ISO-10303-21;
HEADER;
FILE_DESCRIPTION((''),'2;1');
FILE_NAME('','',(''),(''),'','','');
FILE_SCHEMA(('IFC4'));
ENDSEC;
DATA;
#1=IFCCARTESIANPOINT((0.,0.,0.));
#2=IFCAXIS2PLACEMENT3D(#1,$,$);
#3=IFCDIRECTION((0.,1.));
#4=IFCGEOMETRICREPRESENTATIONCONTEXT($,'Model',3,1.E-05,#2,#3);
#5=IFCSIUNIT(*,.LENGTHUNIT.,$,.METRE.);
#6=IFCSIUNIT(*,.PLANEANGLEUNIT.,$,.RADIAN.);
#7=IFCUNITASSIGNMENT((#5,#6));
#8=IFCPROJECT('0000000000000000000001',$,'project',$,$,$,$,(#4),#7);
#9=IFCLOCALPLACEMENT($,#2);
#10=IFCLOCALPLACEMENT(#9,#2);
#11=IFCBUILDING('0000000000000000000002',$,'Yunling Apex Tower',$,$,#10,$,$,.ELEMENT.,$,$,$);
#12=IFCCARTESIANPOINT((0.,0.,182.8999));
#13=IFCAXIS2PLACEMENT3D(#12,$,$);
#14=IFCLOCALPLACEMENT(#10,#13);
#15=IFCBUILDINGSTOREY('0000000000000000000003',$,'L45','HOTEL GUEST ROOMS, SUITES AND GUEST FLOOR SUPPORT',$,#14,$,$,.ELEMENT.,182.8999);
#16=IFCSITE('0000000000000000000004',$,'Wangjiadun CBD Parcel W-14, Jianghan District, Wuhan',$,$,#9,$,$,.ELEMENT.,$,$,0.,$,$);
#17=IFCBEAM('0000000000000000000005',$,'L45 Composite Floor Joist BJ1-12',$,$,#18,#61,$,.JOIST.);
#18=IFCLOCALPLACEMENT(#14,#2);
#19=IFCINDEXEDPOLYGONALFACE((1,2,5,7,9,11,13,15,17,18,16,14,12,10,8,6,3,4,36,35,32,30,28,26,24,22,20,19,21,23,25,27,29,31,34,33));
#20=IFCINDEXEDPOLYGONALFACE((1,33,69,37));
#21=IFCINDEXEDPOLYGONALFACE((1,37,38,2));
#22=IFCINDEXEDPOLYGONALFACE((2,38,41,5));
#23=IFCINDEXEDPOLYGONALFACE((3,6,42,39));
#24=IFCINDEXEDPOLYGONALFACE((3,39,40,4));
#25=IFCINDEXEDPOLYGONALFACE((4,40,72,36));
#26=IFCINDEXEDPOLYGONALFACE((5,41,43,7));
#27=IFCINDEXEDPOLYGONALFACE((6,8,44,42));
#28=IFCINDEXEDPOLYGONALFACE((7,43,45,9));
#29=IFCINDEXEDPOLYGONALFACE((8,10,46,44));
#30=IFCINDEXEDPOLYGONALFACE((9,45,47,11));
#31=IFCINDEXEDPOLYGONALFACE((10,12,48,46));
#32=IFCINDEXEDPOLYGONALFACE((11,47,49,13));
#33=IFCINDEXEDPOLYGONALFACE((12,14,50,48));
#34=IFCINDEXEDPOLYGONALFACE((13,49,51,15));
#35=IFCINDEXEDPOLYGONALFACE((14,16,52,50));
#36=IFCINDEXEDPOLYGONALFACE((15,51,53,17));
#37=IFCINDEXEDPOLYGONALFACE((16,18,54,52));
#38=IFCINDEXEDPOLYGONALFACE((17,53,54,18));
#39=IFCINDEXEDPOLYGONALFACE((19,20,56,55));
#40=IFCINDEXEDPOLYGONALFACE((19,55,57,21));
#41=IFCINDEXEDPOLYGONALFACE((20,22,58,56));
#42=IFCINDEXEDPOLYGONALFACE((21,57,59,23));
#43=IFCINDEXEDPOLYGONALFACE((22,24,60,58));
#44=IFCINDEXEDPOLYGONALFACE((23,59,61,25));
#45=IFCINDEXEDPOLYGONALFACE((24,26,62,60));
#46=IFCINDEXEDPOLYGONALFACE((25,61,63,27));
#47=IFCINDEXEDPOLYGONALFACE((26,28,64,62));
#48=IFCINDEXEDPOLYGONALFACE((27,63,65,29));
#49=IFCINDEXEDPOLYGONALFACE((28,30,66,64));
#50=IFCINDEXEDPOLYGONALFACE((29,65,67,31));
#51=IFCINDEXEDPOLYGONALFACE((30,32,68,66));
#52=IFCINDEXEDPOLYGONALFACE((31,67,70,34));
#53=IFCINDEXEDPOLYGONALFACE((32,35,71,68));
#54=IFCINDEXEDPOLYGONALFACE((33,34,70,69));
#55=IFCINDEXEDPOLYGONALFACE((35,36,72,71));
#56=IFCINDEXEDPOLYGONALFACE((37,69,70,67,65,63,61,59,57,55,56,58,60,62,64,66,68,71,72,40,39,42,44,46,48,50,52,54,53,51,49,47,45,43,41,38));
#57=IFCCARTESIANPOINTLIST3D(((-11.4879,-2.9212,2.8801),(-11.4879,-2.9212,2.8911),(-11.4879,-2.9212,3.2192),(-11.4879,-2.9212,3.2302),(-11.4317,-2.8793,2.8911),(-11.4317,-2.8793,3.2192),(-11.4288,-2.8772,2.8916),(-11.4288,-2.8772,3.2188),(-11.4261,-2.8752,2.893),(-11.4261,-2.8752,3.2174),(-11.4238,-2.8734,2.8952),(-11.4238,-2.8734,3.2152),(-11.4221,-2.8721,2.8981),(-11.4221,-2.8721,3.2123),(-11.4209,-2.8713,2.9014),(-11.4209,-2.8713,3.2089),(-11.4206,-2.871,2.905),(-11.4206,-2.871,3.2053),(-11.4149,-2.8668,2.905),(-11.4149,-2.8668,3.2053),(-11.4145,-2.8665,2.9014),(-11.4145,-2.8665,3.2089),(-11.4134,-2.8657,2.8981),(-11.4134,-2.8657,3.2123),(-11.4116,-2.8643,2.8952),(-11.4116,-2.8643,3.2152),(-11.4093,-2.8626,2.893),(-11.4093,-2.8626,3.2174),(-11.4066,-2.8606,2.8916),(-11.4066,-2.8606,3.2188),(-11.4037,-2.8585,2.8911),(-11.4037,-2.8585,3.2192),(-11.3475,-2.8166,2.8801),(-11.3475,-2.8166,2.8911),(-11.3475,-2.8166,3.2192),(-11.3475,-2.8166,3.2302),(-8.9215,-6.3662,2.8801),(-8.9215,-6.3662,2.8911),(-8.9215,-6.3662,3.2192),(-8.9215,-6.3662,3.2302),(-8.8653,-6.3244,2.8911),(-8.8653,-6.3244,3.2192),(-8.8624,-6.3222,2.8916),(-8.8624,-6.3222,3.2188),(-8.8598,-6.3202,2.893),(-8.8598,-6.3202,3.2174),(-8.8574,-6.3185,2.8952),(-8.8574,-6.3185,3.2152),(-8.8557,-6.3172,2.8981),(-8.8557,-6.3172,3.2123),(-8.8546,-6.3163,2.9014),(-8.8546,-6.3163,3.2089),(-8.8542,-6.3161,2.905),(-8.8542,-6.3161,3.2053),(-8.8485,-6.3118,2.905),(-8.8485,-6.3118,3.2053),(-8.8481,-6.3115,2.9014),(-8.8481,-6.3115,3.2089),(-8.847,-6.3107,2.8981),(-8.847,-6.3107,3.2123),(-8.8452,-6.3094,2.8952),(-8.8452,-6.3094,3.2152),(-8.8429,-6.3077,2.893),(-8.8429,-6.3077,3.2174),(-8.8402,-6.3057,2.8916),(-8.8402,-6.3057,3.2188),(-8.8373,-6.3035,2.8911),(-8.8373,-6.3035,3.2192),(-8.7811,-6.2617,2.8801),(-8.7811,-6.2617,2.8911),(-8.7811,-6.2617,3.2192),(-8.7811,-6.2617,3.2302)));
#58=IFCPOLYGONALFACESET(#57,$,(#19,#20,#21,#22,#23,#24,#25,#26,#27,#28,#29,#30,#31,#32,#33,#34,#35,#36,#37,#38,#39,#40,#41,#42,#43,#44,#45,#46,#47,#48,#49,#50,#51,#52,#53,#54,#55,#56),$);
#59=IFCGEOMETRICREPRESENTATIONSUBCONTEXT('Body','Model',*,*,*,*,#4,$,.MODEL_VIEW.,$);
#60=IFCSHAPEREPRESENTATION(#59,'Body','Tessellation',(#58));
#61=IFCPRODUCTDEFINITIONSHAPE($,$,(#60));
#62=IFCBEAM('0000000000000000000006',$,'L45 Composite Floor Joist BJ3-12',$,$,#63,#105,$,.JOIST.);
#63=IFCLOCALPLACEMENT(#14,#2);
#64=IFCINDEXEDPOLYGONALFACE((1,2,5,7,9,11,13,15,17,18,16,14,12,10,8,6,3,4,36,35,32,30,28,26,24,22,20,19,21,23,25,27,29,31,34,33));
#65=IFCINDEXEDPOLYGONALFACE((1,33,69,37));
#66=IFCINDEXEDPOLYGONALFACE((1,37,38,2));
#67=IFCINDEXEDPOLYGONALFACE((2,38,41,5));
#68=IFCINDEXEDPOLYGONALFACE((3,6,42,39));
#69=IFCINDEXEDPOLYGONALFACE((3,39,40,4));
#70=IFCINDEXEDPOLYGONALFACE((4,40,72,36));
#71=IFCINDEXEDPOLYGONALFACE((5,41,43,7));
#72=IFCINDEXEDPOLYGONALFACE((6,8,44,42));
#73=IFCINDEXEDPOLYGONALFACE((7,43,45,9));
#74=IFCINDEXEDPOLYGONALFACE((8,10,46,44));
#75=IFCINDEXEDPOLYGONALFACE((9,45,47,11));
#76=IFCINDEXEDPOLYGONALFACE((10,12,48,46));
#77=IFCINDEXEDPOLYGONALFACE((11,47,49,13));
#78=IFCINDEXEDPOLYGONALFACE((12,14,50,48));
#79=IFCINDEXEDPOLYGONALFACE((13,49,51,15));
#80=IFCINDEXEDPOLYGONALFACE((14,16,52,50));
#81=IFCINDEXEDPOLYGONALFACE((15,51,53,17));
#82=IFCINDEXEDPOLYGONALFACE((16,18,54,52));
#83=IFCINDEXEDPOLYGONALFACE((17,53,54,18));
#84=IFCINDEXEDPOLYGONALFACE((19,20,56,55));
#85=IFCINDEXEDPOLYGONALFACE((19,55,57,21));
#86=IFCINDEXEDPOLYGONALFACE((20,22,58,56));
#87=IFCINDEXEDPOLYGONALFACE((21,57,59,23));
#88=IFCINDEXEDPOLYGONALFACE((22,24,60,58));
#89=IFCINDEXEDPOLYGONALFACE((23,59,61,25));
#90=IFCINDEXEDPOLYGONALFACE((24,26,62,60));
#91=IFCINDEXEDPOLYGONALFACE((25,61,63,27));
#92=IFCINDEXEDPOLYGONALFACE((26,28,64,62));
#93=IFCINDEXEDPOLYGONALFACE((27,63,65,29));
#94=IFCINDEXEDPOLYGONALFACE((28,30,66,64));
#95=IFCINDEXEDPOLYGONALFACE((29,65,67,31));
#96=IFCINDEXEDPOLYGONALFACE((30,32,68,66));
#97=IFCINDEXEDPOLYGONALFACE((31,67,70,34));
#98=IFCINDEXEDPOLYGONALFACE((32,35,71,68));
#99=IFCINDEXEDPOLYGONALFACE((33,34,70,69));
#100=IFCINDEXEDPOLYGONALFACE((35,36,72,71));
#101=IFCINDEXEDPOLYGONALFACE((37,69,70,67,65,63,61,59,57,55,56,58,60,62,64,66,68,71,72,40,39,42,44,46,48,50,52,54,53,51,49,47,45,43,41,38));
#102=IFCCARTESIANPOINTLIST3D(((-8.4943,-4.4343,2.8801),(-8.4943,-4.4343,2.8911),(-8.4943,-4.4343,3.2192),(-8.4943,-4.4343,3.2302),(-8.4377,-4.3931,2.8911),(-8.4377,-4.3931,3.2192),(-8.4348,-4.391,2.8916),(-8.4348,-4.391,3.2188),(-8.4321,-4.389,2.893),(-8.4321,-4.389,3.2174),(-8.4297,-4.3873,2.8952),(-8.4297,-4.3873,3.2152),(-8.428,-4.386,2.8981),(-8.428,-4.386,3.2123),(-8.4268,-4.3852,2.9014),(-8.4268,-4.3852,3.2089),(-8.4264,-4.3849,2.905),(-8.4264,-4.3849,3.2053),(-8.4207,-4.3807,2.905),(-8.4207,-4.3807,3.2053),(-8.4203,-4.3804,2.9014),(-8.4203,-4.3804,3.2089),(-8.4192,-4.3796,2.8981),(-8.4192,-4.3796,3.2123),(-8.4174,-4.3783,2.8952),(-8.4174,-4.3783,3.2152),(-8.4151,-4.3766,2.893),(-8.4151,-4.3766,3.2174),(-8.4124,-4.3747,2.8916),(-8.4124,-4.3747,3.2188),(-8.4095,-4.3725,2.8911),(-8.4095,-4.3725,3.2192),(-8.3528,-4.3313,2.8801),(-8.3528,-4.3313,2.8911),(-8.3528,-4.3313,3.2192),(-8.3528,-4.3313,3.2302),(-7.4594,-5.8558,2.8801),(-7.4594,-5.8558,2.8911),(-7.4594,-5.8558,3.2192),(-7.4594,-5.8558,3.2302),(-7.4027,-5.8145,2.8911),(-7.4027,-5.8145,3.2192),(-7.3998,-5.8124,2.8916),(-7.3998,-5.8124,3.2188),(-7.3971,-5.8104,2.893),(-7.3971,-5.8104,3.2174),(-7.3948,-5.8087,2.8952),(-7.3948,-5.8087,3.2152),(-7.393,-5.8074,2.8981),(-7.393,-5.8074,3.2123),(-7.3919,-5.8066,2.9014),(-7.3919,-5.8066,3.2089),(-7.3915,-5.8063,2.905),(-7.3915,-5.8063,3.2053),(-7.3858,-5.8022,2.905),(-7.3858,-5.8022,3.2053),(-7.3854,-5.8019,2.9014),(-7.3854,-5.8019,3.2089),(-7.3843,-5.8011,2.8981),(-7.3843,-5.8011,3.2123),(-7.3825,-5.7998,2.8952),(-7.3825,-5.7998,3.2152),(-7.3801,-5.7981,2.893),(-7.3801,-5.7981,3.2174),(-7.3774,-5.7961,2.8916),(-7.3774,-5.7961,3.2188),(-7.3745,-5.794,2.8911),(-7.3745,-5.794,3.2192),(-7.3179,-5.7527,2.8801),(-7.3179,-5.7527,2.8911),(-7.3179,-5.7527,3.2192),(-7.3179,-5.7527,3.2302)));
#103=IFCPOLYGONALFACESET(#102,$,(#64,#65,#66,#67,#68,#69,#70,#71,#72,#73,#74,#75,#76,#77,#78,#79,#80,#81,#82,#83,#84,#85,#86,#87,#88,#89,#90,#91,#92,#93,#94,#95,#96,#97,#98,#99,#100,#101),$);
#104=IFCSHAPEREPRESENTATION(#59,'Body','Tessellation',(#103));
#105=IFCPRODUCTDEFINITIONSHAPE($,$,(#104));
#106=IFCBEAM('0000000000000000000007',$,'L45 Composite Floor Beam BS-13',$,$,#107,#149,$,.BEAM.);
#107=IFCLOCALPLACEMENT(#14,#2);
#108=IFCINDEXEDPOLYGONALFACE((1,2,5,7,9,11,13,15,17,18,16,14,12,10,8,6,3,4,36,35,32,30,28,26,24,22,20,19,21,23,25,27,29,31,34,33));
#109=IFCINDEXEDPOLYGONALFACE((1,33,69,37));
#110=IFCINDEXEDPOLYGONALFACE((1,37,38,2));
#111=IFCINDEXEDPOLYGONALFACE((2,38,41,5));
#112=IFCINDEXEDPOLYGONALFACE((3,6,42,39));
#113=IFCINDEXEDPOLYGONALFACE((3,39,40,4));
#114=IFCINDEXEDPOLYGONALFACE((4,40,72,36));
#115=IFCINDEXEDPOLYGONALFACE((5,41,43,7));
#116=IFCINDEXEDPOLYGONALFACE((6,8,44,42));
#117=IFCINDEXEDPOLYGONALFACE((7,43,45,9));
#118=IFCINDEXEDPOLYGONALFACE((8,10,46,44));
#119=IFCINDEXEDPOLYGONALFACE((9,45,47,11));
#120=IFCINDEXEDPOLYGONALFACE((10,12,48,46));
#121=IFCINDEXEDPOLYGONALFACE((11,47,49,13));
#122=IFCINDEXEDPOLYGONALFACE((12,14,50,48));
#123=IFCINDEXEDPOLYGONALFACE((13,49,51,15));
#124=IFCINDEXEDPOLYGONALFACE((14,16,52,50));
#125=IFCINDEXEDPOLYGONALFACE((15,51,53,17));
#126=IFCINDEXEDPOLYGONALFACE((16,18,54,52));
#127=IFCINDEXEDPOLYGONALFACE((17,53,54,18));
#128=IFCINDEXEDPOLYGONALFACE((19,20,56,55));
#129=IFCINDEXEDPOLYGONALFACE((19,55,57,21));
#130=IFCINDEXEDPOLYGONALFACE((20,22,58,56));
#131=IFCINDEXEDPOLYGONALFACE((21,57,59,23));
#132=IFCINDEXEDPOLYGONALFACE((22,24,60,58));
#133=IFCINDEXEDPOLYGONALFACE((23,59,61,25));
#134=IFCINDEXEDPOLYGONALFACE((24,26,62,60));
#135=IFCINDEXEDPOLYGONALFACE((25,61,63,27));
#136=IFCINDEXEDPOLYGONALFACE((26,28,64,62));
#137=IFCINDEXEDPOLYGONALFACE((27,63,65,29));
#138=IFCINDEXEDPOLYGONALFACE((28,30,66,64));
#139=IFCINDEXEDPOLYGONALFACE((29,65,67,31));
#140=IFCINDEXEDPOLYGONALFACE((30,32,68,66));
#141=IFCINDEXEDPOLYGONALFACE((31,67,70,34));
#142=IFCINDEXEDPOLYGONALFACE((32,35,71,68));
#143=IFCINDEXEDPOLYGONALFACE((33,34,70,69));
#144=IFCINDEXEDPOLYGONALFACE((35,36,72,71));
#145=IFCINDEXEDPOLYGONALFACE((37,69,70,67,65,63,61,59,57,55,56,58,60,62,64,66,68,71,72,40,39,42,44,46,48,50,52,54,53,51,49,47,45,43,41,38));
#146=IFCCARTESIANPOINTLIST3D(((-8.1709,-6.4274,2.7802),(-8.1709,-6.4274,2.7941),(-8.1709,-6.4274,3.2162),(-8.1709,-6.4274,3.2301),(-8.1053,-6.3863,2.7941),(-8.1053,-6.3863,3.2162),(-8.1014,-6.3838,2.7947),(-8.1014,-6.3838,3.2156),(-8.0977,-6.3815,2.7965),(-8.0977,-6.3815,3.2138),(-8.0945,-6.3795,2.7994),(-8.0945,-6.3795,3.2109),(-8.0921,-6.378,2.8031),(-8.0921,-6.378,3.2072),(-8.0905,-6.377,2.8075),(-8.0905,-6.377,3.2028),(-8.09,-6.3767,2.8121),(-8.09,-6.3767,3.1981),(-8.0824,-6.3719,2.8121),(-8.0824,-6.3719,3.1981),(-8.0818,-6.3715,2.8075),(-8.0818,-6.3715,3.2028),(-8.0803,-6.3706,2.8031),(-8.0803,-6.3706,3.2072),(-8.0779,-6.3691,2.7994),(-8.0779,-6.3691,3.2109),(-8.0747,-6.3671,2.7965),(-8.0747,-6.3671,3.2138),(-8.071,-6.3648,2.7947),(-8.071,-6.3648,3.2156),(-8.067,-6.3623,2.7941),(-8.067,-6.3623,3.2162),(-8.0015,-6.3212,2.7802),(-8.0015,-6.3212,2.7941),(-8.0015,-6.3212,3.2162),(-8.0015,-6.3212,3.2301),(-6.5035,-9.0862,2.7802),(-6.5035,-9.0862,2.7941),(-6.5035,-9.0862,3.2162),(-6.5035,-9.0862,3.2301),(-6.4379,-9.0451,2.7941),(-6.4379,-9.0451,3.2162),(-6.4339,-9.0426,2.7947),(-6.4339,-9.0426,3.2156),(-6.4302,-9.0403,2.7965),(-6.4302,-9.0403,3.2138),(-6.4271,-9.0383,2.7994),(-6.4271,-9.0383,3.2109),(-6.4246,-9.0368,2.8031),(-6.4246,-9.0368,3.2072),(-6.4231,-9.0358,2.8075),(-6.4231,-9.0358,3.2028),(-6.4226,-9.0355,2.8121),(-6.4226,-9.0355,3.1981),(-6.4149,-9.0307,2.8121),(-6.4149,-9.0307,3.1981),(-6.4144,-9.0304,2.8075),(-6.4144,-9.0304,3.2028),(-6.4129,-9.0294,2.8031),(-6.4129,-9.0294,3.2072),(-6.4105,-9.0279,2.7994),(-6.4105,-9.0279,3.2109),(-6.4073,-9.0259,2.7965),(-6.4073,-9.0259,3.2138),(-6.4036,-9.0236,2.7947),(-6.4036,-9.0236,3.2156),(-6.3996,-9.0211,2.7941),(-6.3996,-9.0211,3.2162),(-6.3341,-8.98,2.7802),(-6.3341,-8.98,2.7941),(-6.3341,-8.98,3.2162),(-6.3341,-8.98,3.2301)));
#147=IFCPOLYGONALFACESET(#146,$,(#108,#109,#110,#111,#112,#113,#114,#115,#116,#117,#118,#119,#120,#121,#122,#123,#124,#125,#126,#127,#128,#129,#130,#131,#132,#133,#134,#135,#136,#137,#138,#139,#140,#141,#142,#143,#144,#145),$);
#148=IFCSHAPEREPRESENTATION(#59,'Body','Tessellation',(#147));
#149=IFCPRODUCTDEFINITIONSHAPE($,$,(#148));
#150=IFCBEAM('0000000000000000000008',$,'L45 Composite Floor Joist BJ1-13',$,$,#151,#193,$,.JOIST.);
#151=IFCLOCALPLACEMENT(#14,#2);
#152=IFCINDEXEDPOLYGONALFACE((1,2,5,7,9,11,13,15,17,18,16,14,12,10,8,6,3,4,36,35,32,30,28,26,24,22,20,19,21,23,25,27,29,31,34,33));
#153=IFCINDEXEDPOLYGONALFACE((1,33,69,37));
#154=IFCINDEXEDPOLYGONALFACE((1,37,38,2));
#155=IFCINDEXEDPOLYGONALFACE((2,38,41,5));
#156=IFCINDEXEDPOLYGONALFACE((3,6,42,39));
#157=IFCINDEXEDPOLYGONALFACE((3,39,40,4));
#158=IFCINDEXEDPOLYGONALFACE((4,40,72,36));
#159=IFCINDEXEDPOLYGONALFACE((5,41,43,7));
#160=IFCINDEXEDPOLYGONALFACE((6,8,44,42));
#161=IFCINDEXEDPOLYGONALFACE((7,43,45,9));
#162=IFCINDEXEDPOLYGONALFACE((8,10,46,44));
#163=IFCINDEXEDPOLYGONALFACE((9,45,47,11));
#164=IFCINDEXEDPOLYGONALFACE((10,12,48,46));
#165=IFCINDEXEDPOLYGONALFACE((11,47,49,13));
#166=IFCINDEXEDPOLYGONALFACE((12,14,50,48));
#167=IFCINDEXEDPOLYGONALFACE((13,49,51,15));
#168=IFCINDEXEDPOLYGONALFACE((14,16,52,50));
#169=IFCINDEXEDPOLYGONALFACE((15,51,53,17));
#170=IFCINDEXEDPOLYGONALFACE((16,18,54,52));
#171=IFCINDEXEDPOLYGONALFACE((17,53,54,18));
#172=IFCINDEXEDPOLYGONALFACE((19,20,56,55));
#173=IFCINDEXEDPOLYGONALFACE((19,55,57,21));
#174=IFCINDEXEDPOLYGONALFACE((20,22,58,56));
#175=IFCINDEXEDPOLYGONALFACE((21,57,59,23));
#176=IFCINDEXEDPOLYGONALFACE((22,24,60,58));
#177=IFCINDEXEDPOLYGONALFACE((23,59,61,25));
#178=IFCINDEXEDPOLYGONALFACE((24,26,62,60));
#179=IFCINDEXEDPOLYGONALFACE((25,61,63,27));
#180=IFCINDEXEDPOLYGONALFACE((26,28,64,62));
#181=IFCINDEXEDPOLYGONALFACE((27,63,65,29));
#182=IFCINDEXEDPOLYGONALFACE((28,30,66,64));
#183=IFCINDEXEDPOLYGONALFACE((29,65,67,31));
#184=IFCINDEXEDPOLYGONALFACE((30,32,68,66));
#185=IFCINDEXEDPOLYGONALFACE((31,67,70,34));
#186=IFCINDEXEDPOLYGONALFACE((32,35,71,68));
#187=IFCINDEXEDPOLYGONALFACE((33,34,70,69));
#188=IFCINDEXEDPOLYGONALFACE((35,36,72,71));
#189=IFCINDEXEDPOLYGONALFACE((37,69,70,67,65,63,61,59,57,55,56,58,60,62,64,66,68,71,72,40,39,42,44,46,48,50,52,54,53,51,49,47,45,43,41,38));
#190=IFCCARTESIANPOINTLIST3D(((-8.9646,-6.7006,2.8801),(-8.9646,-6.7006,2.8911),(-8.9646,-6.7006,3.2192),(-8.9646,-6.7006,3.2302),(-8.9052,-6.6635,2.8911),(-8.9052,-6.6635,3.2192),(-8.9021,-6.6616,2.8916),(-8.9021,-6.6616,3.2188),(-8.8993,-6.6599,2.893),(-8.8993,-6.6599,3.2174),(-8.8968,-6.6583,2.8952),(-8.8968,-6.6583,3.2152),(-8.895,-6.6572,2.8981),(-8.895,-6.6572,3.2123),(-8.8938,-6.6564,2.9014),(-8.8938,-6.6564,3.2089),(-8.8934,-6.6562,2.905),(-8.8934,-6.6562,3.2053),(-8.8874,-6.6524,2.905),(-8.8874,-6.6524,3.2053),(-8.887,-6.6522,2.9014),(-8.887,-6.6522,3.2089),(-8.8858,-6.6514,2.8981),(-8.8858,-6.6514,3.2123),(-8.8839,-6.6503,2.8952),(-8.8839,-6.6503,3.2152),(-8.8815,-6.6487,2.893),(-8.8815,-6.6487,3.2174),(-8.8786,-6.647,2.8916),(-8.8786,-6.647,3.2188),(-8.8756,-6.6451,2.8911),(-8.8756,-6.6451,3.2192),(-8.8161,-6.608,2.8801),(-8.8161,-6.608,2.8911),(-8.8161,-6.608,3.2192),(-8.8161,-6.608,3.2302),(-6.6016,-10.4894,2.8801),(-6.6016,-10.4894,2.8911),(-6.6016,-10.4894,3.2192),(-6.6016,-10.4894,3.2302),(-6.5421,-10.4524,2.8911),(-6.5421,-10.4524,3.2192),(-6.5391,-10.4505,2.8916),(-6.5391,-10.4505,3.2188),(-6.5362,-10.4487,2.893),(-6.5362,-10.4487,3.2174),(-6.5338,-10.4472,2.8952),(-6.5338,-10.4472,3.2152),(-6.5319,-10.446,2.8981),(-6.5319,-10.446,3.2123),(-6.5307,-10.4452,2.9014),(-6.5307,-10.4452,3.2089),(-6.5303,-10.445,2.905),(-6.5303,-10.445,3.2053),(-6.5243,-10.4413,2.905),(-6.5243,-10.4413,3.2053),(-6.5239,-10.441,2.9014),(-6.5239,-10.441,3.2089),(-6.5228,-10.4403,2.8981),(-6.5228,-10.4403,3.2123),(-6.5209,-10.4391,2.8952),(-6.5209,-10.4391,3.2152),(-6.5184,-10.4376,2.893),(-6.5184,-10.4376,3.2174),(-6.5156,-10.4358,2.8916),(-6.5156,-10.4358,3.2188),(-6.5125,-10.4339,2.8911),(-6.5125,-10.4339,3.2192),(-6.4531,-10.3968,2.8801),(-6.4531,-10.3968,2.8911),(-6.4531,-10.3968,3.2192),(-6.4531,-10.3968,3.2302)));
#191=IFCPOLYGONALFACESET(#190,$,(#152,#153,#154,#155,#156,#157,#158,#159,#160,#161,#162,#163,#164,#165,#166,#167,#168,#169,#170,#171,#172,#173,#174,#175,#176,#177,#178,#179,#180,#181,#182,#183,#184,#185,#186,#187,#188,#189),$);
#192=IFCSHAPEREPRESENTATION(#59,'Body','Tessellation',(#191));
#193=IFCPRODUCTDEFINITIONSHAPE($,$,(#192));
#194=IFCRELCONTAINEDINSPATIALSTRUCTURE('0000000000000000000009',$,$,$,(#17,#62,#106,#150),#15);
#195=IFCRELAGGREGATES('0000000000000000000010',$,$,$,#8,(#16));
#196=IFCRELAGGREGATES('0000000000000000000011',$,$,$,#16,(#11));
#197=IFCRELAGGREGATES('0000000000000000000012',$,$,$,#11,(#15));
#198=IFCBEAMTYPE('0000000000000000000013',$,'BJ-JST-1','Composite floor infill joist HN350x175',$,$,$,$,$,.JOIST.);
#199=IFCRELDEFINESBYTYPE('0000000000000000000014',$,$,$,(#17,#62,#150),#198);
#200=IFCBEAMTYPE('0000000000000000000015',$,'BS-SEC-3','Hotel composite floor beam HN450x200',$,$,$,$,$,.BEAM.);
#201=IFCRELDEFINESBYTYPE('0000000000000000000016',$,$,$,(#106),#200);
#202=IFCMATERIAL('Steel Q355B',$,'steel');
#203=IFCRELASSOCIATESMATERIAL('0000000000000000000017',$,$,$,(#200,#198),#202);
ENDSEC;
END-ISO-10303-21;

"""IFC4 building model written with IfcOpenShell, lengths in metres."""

from ifc_helpers import new_model, si_unit, direction, frame, origin, origin_2d, place, context, subcontext, project, spatial, i_section, extrude, source, transform, mapped, material, material_profile, profile_set, type_object, element, save


model = new_model("IFC4")

# Units and contexts
model_context = context("Model", 3, precision=1e-05, world=origin(), true_north=direction((0.0, 1.0)))
body_context = subcontext(model_context, "Body", "Model", "MODEL_VIEW")
ifc_project = project(units=[si_unit("LENGTHUNIT", "METRE"), si_unit("PLANEANGLEUNIT", "RADIAN")], contexts=[model_context])

# Site, building, storey
site_placement = place(None, origin())
site = spatial("IfcSite", under=ifc_project, at=site_placement, Name="Wangjiadun CBD Parcel W-14, Jianghan District, Wuhan", CompositionType="ELEMENT", RefElevation=0.0)
building_placement = place(site_placement, origin())
building = spatial("IfcBuilding", under=site, at=building_placement, Name="Yunling Apex Tower", CompositionType="ELEMENT")
storey_placement = place(building_placement, frame((0.0, 0.0, 182.8999)))
storey = spatial("IfcBuildingStorey", under=building, at=storey_placement, Name="L45", Description="HOTEL GUEST ROOMS, SUITES AND GUEST FLOOR SUPPORT", CompositionType="ELEMENT", Elevation=182.8999)

# Beams
ifc_material_1 = material(Name="Steel Q355B", Category="steel")
ifc_material_profile_1 = material_profile(ifc_material_1, i_section(OverallWidth=0.2, OverallDepth=0.45, WebThickness=0.009, FlangeThickness=0.0139, FilletRadius=0.0181, at=origin_2d()))
ifc_profile_set_1 = profile_set([ifc_material_profile_1], Name="Steel Q355B")
beam_type_1 = type_object("IfcBeamType", Name="BS-SEC-3", Description="Hotel composite floor beam HN450x200", PredefinedType="BEAM", material=ifc_profile_set_1)
ifc_material_profile_2 = material_profile(ifc_material_1, i_section(OverallWidth=0.175, OverallDepth=0.3501, WebThickness=0.0071, FlangeThickness=0.011, FilletRadius=0.0139, at=origin_2d()))
ifc_profile_set_2 = profile_set([ifc_material_profile_2], Name="Steel Q355B")
beam_type_2 = type_object("IfcBeamType", Name="BJ-JST-1", Description="Composite floor infill joist HN350x175", PredefinedType="JOIST", material=ifc_profile_set_2)
shared_shape_1 = source(origin(), body_context, "Body", "SweptSolid", [
    extrude(i_section(OverallWidth=0.175, OverallDepth=0.3501, WebThickness=0.0071, FlangeThickness=0.011, FilletRadius=0.0139, at=origin_2d()), origin(), (0.0, 0.0, 1.0), 4.2959),
])
beam_1_placement = place(storey_placement, frame((-11.4177, -2.8689, 3.0552), z_axis=(0.597405, -0.801939, 0.0), x_axis=(0.801939, 0.597405, 0.0)))
element("IfcBeam", 1, at=beam_1_placement, inside=storey, type_object=beam_type_2, Name="L45 Composite Floor Joist BJ1-12", PredefinedType="JOIST", context=body_context, shape_type="MappedRepresentation", body=[
    mapped(shared_shape_1, transform((0.0, 0.0, 0.0), scale=1.0)),
])
shared_shape_2 = source(origin(), body_context, "Body", "SweptSolid", [
    extrude(i_section(OverallWidth=0.175, OverallDepth=0.3501, WebThickness=0.0071, FlangeThickness=0.011, FilletRadius=0.0139, at=origin_2d()), origin(), (0.0, 0.0, 1.0), 1.7583),
])
beam_2_placement = place(storey_placement, frame((-8.4236, -4.3828, 3.0552), z_axis=(0.588609, -0.808418, 0.0), x_axis=(0.808418, 0.588609, 0.0)))
element("IfcBeam", 2, at=beam_2_placement, inside=storey, type_object=beam_type_2, Name="L45 Composite Floor Joist BJ3-12", PredefinedType="JOIST", context=body_context, shape_type="MappedRepresentation", body=[
    mapped(shared_shape_2, transform((0.0, 0.0, 0.0), scale=1.0)),
])
shared_shape_3 = source(origin(), body_context, "Body", "SweptSolid", [
    extrude(i_section(OverallWidth=0.2, OverallDepth=0.45, WebThickness=0.009, FlangeThickness=0.0139, FilletRadius=0.0181, at=origin_2d()), origin(), (0.0, 0.0, 1.0), 3.1384),
])
beam_3_placement = place(storey_placement, frame((-8.0862, -6.3743, 3.0051), z_axis=(0.531292, -0.847189, 0.0), x_axis=(0.847189, 0.531292, 0.0)))
element("IfcBeam", 3, at=beam_3_placement, inside=storey, type_object=beam_type_1, Name="L45 Composite Floor Beam BS-13", PredefinedType="BEAM", context=body_context, shape_type="MappedRepresentation", body=[
    mapped(shared_shape_3, transform((0.0, 0.0, 0.0), scale=1.0)),
])
shared_shape_4 = source(origin(), body_context, "Body", "SweptSolid", [
    extrude(i_section(OverallWidth=0.175, OverallDepth=0.3501, WebThickness=0.0071, FlangeThickness=0.011, FilletRadius=0.0139, at=origin_2d()), origin(), (0.0, 0.0, 1.0), 4.4653),
])
beam_4_placement = place(storey_placement, frame((-8.8904, -6.6543, 3.0552), z_axis=(0.529198, -0.848499, 0.0), x_axis=(0.848499, 0.529198, 0.0)))
element("IfcBeam", 4, at=beam_4_placement, inside=storey, type_object=beam_type_2, Name="L45 Composite Floor Joist BJ1-13", PredefinedType="JOIST", context=body_context, shape_type="MappedRepresentation", body=[
    mapped(shared_shape_4, transform((0.0, 0.0, 0.0), scale=1.0)),
])

save(model, "model.ifc")
